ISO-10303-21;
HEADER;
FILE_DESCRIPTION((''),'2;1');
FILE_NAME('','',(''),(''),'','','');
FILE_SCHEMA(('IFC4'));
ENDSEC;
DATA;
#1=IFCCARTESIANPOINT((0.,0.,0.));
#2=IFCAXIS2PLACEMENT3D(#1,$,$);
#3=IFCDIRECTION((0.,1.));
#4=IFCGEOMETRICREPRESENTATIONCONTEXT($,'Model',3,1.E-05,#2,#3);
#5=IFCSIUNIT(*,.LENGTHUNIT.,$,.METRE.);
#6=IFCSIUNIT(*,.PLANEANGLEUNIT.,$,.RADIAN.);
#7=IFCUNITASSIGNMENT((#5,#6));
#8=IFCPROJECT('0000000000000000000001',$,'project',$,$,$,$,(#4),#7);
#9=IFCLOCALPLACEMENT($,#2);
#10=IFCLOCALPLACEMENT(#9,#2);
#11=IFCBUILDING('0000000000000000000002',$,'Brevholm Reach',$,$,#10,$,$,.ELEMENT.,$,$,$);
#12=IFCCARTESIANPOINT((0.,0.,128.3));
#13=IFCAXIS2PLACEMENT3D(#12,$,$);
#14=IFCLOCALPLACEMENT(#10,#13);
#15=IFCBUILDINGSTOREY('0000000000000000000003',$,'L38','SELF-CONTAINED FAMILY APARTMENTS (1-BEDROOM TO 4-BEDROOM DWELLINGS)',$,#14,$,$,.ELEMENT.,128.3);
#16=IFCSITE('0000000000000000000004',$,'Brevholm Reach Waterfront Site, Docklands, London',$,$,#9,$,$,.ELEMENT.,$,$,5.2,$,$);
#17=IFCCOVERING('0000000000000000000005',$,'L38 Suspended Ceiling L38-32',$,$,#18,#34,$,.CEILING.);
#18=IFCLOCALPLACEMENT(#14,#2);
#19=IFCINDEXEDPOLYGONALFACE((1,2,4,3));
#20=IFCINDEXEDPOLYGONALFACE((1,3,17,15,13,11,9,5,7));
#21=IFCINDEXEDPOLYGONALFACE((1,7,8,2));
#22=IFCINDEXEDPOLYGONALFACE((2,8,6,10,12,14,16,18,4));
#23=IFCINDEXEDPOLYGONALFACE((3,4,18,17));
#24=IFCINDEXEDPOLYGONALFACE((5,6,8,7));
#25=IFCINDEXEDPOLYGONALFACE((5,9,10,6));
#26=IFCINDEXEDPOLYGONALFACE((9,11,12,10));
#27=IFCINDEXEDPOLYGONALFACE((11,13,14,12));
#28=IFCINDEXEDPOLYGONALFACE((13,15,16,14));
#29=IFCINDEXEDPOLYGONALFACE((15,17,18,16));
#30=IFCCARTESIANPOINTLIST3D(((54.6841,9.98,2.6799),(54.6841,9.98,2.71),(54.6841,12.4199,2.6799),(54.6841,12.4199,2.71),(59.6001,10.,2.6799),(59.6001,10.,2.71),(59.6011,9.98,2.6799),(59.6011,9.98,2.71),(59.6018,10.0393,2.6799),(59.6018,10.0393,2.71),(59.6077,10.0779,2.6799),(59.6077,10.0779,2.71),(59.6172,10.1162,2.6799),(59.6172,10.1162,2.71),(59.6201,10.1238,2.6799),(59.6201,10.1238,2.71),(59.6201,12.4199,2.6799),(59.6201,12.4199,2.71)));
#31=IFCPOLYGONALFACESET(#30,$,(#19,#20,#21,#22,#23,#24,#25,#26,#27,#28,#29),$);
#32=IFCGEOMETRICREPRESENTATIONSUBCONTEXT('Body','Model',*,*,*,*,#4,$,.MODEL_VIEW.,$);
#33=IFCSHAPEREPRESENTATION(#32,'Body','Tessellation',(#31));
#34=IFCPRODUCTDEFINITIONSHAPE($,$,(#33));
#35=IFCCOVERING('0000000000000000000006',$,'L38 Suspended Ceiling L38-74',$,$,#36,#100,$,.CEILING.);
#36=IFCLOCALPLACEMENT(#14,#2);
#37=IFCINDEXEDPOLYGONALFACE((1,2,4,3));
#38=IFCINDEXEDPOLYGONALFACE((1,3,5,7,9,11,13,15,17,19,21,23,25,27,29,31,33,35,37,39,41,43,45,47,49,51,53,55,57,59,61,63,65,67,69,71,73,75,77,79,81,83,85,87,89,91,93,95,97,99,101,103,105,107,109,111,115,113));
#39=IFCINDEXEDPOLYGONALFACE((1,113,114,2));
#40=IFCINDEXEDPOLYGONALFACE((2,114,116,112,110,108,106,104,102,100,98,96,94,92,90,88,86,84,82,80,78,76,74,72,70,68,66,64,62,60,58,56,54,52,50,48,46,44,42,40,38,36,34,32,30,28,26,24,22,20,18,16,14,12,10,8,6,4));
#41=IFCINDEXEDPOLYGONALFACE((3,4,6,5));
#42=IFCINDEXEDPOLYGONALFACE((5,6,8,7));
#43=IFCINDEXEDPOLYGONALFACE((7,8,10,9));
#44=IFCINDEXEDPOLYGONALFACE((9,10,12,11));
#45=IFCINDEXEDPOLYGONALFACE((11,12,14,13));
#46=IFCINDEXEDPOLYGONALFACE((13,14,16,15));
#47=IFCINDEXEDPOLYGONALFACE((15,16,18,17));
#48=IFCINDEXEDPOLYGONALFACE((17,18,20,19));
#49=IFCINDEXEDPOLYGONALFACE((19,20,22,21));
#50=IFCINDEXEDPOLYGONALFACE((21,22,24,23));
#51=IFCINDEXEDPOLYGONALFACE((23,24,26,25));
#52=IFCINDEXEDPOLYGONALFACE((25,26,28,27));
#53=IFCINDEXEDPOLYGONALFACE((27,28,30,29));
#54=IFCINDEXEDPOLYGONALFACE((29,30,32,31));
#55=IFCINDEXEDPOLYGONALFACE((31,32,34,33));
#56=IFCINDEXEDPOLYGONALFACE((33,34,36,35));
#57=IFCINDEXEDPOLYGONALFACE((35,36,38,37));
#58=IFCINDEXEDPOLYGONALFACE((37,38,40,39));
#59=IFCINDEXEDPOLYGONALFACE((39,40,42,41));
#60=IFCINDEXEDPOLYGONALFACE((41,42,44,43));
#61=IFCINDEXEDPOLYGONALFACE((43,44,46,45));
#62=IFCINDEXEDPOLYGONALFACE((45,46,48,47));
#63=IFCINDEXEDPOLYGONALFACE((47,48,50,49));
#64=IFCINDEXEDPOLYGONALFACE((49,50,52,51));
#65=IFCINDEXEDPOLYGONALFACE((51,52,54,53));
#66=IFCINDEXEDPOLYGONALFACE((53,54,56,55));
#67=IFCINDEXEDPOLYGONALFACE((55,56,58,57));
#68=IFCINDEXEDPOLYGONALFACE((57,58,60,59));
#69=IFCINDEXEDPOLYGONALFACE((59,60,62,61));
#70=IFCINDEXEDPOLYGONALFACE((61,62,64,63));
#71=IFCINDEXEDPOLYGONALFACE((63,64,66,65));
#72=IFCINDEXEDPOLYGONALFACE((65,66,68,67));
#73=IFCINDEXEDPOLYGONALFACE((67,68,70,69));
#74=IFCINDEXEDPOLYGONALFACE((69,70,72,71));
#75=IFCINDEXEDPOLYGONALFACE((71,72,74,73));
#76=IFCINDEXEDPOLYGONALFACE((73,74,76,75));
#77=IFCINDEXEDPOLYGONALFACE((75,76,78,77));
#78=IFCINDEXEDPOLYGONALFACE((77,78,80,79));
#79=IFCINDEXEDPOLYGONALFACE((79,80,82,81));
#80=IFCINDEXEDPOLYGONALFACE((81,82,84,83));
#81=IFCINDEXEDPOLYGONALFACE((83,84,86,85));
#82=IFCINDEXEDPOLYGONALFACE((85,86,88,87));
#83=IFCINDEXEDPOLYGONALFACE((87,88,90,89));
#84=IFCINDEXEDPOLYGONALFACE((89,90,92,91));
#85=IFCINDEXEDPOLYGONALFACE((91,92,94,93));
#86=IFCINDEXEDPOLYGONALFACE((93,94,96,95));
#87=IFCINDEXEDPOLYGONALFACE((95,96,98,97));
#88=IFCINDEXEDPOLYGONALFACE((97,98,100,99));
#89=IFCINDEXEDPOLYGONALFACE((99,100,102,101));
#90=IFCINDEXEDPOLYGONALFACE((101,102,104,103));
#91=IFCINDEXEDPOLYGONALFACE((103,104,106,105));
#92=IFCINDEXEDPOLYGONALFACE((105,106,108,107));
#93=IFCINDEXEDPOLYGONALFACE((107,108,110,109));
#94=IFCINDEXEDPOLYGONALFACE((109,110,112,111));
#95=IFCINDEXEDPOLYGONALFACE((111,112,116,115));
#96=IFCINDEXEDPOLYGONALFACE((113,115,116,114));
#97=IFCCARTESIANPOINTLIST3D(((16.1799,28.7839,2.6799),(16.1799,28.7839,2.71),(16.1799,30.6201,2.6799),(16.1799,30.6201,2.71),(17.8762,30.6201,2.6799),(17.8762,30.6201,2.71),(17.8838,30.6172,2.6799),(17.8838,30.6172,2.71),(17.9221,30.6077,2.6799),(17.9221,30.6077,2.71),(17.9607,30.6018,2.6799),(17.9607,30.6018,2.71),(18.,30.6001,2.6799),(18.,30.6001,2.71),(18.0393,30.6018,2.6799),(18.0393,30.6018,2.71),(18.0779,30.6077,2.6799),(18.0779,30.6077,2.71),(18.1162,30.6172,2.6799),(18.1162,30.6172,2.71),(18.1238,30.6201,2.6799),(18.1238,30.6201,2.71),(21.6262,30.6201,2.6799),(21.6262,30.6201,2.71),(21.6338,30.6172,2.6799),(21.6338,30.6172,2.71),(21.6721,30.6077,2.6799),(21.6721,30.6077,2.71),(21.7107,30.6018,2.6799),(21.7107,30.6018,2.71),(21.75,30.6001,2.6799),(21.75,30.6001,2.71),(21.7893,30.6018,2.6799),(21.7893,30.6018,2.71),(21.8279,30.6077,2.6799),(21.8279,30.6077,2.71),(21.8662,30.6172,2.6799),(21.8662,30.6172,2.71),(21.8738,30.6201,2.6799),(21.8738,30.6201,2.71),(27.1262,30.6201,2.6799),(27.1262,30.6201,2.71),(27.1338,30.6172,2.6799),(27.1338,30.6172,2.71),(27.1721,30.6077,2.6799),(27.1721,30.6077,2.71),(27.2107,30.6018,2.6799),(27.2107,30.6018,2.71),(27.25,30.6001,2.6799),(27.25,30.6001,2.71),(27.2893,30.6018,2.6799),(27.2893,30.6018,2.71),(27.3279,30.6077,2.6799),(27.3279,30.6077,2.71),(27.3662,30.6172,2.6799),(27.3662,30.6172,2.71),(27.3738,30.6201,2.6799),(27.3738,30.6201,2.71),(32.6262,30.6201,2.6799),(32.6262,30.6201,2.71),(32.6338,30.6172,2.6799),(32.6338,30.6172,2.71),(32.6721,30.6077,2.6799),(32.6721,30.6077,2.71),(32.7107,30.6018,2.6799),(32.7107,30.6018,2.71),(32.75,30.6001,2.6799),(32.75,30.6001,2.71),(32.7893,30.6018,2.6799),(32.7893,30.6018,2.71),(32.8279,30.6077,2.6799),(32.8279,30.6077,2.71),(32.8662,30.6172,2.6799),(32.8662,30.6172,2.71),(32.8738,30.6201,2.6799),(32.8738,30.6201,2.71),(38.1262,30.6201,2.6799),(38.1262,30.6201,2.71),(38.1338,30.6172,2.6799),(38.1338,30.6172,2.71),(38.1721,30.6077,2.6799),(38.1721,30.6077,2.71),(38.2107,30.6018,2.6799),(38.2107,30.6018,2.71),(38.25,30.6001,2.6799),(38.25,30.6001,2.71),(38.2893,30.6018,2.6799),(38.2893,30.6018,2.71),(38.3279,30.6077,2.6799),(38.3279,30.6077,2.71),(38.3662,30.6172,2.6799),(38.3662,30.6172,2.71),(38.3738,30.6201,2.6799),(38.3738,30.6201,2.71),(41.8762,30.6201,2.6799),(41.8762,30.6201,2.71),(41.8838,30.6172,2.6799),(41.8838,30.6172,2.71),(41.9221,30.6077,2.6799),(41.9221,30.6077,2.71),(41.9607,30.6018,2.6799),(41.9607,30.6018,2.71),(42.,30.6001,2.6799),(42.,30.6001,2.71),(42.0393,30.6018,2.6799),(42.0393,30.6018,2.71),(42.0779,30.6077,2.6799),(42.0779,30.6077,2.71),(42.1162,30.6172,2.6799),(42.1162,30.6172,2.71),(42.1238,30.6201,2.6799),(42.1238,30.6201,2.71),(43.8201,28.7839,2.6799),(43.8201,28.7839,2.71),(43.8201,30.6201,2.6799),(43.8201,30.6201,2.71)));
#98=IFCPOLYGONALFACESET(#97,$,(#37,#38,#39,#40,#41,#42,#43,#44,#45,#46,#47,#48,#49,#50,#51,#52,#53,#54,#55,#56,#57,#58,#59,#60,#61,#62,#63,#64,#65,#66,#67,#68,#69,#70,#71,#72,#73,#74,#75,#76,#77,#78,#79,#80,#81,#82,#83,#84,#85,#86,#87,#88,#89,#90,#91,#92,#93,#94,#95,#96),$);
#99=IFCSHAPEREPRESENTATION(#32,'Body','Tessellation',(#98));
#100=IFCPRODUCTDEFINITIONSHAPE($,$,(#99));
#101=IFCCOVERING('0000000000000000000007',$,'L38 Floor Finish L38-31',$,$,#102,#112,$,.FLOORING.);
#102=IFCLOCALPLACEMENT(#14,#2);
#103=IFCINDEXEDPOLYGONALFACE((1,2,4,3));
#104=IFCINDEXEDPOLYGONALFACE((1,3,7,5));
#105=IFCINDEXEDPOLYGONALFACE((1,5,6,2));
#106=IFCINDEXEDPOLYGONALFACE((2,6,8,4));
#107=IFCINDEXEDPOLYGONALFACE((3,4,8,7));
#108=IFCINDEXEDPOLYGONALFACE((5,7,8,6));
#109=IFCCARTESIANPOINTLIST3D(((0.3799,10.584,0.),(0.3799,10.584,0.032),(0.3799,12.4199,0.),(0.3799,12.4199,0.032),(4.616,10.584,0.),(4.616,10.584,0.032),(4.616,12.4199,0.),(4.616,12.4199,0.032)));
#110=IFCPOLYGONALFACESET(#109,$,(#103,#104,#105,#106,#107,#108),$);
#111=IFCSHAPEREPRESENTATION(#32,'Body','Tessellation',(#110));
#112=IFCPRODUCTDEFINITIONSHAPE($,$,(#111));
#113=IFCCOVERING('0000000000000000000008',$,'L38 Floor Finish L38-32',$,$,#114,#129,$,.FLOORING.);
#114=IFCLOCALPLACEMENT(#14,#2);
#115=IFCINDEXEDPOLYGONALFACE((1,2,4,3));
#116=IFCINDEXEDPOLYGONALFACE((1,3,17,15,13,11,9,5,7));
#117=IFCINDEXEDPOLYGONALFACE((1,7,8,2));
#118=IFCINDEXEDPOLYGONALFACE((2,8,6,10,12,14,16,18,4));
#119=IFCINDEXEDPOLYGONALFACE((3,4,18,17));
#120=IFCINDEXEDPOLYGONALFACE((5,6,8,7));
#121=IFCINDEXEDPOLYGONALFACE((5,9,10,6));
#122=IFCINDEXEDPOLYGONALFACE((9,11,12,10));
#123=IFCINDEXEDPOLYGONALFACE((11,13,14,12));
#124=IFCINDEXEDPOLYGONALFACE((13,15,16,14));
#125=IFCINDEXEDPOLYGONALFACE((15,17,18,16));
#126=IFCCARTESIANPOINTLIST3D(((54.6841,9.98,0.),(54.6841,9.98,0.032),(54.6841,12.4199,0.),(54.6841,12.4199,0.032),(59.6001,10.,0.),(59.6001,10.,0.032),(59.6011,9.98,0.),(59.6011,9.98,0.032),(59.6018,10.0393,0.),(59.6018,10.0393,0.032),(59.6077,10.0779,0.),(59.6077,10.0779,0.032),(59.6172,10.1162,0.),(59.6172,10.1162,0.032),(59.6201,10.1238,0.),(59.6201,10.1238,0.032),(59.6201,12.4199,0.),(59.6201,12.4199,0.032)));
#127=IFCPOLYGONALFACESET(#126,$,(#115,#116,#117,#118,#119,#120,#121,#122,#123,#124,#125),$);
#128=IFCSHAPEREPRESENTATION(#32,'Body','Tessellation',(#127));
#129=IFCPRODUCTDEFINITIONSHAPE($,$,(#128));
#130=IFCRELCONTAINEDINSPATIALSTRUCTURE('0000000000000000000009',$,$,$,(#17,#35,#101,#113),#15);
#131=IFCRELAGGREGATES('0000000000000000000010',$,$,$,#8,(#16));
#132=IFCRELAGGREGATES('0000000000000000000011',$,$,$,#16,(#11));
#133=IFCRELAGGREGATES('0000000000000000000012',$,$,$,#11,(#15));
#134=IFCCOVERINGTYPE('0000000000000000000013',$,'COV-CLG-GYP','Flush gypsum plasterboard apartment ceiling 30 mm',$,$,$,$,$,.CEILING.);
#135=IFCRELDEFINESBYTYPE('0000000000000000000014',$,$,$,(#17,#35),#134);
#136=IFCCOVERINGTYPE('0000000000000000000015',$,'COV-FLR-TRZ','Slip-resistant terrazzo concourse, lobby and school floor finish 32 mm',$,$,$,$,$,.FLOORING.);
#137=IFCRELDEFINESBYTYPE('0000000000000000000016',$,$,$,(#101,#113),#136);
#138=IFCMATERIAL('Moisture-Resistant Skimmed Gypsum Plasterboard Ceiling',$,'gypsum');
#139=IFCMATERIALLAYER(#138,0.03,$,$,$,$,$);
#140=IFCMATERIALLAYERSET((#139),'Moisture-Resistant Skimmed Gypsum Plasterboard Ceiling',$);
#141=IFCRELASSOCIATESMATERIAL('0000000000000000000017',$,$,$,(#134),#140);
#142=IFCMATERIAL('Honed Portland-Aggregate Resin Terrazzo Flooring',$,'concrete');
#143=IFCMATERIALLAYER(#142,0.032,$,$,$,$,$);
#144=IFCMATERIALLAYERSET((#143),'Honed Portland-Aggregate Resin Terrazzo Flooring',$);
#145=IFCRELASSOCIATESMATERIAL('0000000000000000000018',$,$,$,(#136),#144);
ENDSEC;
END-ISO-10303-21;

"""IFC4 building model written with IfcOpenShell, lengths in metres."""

from ifc_helpers import new_model, si_unit, direction, frame, origin, place, context, subcontext, project, spatial, polyline, outline, extrude, material, layer, layer_set, type_object, element, save


model = new_model("IFC4")

# Units and contexts
model_context = context("Model", 3, precision=1e-05, world=origin(), true_north=direction((0.0, 1.0)))
body_context = subcontext(model_context, "Body", "Model", "MODEL_VIEW")
ifc_project = project(units=[si_unit("LENGTHUNIT", "METRE"), si_unit("PLANEANGLEUNIT", "RADIAN")], contexts=[model_context])

# Site, building, storey
site_placement = place(None, origin())
site = spatial("IfcSite", under=ifc_project, at=site_placement, Name="Brevholm Reach Waterfront Site, Docklands, London", CompositionType="ELEMENT", RefElevation=5.2)
building_placement = place(site_placement, origin())
building = spatial("IfcBuilding", under=site, at=building_placement, Name="Brevholm Reach", CompositionType="ELEMENT")
storey_placement = place(building_placement, frame((0.0, 0.0, 128.3)))
storey = spatial("IfcBuildingStorey", under=building, at=storey_placement, Name="L38", Description="SELF-CONTAINED FAMILY APARTMENTS (1-BEDROOM TO 4-BEDROOM DWELLINGS)", CompositionType="ELEMENT", Elevation=128.3)

# Coverings
ifc_material_1 = material(Name="Moisture-Resistant Skimmed Gypsum Plasterboard Ceiling", Category="gypsum")
ifc_layer_1 = layer(ifc_material_1, 0.03)
ifc_layer_set_1 = layer_set([ifc_layer_1], Name="Moisture-Resistant Skimmed Gypsum Plasterboard Ceiling")
covering_type_1 = type_object("IfcCoveringType", Name="COV-CLG-GYP", Description="Flush gypsum plasterboard apartment ceiling 30 mm", PredefinedType="CEILING", material=ifc_layer_set_1)
covering_1_placement = place(storey_placement, frame((0.0, 0.0, 2.6799)))
element("IfcCovering", 1, at=covering_1_placement, inside=storey, type_object=covering_type_1, Name="L38 Suspended Ceiling L38-32", PredefinedType="CEILING", context=body_context, shape_type="SweptSolid", body=[
    extrude(outline(polyline([(59.6201, 12.4199), (59.6201, 10.1238), (59.6172, 10.1162), (59.6077, 10.0779), (59.6018, 10.0393), (59.6001, 10.0), (59.6011, 9.98), (54.6841, 9.98), (54.6841, 12.4199), (59.6201, 12.4199)])), origin(), (0.0, 0.0, 1.0), 0.03),
])
covering_2_placement = place(storey_placement, frame((0.0, 0.0, 2.6799)))
element("IfcCovering", 2, at=covering_2_placement, inside=storey, type_object=covering_type_1, Name="L38 Suspended Ceiling L38-74", PredefinedType="CEILING", context=body_context, shape_type="SweptSolid", body=[
    extrude(outline(polyline([(16.1799, 30.6201), (17.8762, 30.6201), (17.8838, 30.6172), (17.9221, 30.6077), (17.9607, 30.6018), (18.0, 30.6001), (18.0393, 30.6018), (18.0779, 30.6077), (18.1162, 30.6172), (18.1238, 30.6201), (21.6262, 30.6201), (21.6338, 30.6172), (21.6721, 30.6077), (21.7107, 30.6018), (21.75, 30.6001), (21.7893, 30.6018), (21.8279, 30.6077), (21.8662, 30.6172), (21.8738, 30.6201), (27.1262, 30.6201), (27.1338, 30.6172), (27.1721, 30.6077), (27.2107, 30.6018), (27.25, 30.6001), (27.2893, 30.6018), (27.3279, 30.6077), (27.3662, 30.6172), (27.3738, 30.6201), (32.6262, 30.6201), (32.6338, 30.6172), (32.6721, 30.6077), (32.7107, 30.6018), (32.75, 30.6001), (32.7893, 30.6018), (32.8279, 30.6077), (32.8662, 30.6172), (32.8738, 30.6201), (38.1262, 30.6201), (38.1338, 30.6172), (38.1721, 30.6077), (38.2107, 30.6018), (38.25, 30.6001), (38.2893, 30.6018), (38.3279, 30.6077), (38.3662, 30.6172), (38.3738, 30.6201), (41.8762, 30.6201), (41.8838, 30.6172), (41.9221, 30.6077), (41.9607, 30.6018), (42.0, 30.6001), (42.0393, 30.6018), (42.0779, 30.6077), (42.1162, 30.6172), (42.1238, 30.6201), (43.8201, 30.6201), (43.8201, 28.7839), (16.1799, 28.7839), (16.1799, 30.6201)])), origin(), (0.0, 0.0, 1.0), 0.03),
])
ifc_material_2 = material(Name="Honed Portland-Aggregate Resin Terrazzo Flooring", Category="concrete")
ifc_layer_2 = layer(ifc_material_2, 0.032)
ifc_layer_set_2 = layer_set([ifc_layer_2], Name="Honed Portland-Aggregate Resin Terrazzo Flooring")
covering_type_2 = type_object("IfcCoveringType", Name="COV-FLR-TRZ", Description="Slip-resistant terrazzo concourse, lobby and school floor finish 32 mm", PredefinedType="FLOORING", material=ifc_layer_set_2)
covering_3_placement = place(storey_placement, origin())
element("IfcCovering", 3, at=covering_3_placement, inside=storey, type_object=covering_type_2, Name="L38 Floor Finish L38-31", PredefinedType="FLOORING", context=body_context, shape_type="SweptSolid", body=[
    extrude(outline(polyline([(0.3799, 12.4199), (4.616, 12.4199), (4.616, 10.584), (0.3799, 10.584), (0.3799, 12.4199)])), origin(), (0.0, 0.0, 1.0), 0.032),
])
covering_4_placement = place(storey_placement, origin())
element("IfcCovering", 4, at=covering_4_placement, inside=storey, type_object=covering_type_2, Name="L38 Floor Finish L38-32", PredefinedType="FLOORING", context=body_context, shape_type="SweptSolid", body=[
    extrude(outline(polyline([(59.6201, 12.4199), (59.6201, 10.1238), (59.6172, 10.1162), (59.6077, 10.0779), (59.6018, 10.0393), (59.6001, 10.0), (59.6011, 9.98), (54.6841, 9.98), (54.6841, 12.4199), (59.6201, 12.4199)])), origin(), (0.0, 0.0, 1.0), 0.032),
])

save(model, "model.ifc")
